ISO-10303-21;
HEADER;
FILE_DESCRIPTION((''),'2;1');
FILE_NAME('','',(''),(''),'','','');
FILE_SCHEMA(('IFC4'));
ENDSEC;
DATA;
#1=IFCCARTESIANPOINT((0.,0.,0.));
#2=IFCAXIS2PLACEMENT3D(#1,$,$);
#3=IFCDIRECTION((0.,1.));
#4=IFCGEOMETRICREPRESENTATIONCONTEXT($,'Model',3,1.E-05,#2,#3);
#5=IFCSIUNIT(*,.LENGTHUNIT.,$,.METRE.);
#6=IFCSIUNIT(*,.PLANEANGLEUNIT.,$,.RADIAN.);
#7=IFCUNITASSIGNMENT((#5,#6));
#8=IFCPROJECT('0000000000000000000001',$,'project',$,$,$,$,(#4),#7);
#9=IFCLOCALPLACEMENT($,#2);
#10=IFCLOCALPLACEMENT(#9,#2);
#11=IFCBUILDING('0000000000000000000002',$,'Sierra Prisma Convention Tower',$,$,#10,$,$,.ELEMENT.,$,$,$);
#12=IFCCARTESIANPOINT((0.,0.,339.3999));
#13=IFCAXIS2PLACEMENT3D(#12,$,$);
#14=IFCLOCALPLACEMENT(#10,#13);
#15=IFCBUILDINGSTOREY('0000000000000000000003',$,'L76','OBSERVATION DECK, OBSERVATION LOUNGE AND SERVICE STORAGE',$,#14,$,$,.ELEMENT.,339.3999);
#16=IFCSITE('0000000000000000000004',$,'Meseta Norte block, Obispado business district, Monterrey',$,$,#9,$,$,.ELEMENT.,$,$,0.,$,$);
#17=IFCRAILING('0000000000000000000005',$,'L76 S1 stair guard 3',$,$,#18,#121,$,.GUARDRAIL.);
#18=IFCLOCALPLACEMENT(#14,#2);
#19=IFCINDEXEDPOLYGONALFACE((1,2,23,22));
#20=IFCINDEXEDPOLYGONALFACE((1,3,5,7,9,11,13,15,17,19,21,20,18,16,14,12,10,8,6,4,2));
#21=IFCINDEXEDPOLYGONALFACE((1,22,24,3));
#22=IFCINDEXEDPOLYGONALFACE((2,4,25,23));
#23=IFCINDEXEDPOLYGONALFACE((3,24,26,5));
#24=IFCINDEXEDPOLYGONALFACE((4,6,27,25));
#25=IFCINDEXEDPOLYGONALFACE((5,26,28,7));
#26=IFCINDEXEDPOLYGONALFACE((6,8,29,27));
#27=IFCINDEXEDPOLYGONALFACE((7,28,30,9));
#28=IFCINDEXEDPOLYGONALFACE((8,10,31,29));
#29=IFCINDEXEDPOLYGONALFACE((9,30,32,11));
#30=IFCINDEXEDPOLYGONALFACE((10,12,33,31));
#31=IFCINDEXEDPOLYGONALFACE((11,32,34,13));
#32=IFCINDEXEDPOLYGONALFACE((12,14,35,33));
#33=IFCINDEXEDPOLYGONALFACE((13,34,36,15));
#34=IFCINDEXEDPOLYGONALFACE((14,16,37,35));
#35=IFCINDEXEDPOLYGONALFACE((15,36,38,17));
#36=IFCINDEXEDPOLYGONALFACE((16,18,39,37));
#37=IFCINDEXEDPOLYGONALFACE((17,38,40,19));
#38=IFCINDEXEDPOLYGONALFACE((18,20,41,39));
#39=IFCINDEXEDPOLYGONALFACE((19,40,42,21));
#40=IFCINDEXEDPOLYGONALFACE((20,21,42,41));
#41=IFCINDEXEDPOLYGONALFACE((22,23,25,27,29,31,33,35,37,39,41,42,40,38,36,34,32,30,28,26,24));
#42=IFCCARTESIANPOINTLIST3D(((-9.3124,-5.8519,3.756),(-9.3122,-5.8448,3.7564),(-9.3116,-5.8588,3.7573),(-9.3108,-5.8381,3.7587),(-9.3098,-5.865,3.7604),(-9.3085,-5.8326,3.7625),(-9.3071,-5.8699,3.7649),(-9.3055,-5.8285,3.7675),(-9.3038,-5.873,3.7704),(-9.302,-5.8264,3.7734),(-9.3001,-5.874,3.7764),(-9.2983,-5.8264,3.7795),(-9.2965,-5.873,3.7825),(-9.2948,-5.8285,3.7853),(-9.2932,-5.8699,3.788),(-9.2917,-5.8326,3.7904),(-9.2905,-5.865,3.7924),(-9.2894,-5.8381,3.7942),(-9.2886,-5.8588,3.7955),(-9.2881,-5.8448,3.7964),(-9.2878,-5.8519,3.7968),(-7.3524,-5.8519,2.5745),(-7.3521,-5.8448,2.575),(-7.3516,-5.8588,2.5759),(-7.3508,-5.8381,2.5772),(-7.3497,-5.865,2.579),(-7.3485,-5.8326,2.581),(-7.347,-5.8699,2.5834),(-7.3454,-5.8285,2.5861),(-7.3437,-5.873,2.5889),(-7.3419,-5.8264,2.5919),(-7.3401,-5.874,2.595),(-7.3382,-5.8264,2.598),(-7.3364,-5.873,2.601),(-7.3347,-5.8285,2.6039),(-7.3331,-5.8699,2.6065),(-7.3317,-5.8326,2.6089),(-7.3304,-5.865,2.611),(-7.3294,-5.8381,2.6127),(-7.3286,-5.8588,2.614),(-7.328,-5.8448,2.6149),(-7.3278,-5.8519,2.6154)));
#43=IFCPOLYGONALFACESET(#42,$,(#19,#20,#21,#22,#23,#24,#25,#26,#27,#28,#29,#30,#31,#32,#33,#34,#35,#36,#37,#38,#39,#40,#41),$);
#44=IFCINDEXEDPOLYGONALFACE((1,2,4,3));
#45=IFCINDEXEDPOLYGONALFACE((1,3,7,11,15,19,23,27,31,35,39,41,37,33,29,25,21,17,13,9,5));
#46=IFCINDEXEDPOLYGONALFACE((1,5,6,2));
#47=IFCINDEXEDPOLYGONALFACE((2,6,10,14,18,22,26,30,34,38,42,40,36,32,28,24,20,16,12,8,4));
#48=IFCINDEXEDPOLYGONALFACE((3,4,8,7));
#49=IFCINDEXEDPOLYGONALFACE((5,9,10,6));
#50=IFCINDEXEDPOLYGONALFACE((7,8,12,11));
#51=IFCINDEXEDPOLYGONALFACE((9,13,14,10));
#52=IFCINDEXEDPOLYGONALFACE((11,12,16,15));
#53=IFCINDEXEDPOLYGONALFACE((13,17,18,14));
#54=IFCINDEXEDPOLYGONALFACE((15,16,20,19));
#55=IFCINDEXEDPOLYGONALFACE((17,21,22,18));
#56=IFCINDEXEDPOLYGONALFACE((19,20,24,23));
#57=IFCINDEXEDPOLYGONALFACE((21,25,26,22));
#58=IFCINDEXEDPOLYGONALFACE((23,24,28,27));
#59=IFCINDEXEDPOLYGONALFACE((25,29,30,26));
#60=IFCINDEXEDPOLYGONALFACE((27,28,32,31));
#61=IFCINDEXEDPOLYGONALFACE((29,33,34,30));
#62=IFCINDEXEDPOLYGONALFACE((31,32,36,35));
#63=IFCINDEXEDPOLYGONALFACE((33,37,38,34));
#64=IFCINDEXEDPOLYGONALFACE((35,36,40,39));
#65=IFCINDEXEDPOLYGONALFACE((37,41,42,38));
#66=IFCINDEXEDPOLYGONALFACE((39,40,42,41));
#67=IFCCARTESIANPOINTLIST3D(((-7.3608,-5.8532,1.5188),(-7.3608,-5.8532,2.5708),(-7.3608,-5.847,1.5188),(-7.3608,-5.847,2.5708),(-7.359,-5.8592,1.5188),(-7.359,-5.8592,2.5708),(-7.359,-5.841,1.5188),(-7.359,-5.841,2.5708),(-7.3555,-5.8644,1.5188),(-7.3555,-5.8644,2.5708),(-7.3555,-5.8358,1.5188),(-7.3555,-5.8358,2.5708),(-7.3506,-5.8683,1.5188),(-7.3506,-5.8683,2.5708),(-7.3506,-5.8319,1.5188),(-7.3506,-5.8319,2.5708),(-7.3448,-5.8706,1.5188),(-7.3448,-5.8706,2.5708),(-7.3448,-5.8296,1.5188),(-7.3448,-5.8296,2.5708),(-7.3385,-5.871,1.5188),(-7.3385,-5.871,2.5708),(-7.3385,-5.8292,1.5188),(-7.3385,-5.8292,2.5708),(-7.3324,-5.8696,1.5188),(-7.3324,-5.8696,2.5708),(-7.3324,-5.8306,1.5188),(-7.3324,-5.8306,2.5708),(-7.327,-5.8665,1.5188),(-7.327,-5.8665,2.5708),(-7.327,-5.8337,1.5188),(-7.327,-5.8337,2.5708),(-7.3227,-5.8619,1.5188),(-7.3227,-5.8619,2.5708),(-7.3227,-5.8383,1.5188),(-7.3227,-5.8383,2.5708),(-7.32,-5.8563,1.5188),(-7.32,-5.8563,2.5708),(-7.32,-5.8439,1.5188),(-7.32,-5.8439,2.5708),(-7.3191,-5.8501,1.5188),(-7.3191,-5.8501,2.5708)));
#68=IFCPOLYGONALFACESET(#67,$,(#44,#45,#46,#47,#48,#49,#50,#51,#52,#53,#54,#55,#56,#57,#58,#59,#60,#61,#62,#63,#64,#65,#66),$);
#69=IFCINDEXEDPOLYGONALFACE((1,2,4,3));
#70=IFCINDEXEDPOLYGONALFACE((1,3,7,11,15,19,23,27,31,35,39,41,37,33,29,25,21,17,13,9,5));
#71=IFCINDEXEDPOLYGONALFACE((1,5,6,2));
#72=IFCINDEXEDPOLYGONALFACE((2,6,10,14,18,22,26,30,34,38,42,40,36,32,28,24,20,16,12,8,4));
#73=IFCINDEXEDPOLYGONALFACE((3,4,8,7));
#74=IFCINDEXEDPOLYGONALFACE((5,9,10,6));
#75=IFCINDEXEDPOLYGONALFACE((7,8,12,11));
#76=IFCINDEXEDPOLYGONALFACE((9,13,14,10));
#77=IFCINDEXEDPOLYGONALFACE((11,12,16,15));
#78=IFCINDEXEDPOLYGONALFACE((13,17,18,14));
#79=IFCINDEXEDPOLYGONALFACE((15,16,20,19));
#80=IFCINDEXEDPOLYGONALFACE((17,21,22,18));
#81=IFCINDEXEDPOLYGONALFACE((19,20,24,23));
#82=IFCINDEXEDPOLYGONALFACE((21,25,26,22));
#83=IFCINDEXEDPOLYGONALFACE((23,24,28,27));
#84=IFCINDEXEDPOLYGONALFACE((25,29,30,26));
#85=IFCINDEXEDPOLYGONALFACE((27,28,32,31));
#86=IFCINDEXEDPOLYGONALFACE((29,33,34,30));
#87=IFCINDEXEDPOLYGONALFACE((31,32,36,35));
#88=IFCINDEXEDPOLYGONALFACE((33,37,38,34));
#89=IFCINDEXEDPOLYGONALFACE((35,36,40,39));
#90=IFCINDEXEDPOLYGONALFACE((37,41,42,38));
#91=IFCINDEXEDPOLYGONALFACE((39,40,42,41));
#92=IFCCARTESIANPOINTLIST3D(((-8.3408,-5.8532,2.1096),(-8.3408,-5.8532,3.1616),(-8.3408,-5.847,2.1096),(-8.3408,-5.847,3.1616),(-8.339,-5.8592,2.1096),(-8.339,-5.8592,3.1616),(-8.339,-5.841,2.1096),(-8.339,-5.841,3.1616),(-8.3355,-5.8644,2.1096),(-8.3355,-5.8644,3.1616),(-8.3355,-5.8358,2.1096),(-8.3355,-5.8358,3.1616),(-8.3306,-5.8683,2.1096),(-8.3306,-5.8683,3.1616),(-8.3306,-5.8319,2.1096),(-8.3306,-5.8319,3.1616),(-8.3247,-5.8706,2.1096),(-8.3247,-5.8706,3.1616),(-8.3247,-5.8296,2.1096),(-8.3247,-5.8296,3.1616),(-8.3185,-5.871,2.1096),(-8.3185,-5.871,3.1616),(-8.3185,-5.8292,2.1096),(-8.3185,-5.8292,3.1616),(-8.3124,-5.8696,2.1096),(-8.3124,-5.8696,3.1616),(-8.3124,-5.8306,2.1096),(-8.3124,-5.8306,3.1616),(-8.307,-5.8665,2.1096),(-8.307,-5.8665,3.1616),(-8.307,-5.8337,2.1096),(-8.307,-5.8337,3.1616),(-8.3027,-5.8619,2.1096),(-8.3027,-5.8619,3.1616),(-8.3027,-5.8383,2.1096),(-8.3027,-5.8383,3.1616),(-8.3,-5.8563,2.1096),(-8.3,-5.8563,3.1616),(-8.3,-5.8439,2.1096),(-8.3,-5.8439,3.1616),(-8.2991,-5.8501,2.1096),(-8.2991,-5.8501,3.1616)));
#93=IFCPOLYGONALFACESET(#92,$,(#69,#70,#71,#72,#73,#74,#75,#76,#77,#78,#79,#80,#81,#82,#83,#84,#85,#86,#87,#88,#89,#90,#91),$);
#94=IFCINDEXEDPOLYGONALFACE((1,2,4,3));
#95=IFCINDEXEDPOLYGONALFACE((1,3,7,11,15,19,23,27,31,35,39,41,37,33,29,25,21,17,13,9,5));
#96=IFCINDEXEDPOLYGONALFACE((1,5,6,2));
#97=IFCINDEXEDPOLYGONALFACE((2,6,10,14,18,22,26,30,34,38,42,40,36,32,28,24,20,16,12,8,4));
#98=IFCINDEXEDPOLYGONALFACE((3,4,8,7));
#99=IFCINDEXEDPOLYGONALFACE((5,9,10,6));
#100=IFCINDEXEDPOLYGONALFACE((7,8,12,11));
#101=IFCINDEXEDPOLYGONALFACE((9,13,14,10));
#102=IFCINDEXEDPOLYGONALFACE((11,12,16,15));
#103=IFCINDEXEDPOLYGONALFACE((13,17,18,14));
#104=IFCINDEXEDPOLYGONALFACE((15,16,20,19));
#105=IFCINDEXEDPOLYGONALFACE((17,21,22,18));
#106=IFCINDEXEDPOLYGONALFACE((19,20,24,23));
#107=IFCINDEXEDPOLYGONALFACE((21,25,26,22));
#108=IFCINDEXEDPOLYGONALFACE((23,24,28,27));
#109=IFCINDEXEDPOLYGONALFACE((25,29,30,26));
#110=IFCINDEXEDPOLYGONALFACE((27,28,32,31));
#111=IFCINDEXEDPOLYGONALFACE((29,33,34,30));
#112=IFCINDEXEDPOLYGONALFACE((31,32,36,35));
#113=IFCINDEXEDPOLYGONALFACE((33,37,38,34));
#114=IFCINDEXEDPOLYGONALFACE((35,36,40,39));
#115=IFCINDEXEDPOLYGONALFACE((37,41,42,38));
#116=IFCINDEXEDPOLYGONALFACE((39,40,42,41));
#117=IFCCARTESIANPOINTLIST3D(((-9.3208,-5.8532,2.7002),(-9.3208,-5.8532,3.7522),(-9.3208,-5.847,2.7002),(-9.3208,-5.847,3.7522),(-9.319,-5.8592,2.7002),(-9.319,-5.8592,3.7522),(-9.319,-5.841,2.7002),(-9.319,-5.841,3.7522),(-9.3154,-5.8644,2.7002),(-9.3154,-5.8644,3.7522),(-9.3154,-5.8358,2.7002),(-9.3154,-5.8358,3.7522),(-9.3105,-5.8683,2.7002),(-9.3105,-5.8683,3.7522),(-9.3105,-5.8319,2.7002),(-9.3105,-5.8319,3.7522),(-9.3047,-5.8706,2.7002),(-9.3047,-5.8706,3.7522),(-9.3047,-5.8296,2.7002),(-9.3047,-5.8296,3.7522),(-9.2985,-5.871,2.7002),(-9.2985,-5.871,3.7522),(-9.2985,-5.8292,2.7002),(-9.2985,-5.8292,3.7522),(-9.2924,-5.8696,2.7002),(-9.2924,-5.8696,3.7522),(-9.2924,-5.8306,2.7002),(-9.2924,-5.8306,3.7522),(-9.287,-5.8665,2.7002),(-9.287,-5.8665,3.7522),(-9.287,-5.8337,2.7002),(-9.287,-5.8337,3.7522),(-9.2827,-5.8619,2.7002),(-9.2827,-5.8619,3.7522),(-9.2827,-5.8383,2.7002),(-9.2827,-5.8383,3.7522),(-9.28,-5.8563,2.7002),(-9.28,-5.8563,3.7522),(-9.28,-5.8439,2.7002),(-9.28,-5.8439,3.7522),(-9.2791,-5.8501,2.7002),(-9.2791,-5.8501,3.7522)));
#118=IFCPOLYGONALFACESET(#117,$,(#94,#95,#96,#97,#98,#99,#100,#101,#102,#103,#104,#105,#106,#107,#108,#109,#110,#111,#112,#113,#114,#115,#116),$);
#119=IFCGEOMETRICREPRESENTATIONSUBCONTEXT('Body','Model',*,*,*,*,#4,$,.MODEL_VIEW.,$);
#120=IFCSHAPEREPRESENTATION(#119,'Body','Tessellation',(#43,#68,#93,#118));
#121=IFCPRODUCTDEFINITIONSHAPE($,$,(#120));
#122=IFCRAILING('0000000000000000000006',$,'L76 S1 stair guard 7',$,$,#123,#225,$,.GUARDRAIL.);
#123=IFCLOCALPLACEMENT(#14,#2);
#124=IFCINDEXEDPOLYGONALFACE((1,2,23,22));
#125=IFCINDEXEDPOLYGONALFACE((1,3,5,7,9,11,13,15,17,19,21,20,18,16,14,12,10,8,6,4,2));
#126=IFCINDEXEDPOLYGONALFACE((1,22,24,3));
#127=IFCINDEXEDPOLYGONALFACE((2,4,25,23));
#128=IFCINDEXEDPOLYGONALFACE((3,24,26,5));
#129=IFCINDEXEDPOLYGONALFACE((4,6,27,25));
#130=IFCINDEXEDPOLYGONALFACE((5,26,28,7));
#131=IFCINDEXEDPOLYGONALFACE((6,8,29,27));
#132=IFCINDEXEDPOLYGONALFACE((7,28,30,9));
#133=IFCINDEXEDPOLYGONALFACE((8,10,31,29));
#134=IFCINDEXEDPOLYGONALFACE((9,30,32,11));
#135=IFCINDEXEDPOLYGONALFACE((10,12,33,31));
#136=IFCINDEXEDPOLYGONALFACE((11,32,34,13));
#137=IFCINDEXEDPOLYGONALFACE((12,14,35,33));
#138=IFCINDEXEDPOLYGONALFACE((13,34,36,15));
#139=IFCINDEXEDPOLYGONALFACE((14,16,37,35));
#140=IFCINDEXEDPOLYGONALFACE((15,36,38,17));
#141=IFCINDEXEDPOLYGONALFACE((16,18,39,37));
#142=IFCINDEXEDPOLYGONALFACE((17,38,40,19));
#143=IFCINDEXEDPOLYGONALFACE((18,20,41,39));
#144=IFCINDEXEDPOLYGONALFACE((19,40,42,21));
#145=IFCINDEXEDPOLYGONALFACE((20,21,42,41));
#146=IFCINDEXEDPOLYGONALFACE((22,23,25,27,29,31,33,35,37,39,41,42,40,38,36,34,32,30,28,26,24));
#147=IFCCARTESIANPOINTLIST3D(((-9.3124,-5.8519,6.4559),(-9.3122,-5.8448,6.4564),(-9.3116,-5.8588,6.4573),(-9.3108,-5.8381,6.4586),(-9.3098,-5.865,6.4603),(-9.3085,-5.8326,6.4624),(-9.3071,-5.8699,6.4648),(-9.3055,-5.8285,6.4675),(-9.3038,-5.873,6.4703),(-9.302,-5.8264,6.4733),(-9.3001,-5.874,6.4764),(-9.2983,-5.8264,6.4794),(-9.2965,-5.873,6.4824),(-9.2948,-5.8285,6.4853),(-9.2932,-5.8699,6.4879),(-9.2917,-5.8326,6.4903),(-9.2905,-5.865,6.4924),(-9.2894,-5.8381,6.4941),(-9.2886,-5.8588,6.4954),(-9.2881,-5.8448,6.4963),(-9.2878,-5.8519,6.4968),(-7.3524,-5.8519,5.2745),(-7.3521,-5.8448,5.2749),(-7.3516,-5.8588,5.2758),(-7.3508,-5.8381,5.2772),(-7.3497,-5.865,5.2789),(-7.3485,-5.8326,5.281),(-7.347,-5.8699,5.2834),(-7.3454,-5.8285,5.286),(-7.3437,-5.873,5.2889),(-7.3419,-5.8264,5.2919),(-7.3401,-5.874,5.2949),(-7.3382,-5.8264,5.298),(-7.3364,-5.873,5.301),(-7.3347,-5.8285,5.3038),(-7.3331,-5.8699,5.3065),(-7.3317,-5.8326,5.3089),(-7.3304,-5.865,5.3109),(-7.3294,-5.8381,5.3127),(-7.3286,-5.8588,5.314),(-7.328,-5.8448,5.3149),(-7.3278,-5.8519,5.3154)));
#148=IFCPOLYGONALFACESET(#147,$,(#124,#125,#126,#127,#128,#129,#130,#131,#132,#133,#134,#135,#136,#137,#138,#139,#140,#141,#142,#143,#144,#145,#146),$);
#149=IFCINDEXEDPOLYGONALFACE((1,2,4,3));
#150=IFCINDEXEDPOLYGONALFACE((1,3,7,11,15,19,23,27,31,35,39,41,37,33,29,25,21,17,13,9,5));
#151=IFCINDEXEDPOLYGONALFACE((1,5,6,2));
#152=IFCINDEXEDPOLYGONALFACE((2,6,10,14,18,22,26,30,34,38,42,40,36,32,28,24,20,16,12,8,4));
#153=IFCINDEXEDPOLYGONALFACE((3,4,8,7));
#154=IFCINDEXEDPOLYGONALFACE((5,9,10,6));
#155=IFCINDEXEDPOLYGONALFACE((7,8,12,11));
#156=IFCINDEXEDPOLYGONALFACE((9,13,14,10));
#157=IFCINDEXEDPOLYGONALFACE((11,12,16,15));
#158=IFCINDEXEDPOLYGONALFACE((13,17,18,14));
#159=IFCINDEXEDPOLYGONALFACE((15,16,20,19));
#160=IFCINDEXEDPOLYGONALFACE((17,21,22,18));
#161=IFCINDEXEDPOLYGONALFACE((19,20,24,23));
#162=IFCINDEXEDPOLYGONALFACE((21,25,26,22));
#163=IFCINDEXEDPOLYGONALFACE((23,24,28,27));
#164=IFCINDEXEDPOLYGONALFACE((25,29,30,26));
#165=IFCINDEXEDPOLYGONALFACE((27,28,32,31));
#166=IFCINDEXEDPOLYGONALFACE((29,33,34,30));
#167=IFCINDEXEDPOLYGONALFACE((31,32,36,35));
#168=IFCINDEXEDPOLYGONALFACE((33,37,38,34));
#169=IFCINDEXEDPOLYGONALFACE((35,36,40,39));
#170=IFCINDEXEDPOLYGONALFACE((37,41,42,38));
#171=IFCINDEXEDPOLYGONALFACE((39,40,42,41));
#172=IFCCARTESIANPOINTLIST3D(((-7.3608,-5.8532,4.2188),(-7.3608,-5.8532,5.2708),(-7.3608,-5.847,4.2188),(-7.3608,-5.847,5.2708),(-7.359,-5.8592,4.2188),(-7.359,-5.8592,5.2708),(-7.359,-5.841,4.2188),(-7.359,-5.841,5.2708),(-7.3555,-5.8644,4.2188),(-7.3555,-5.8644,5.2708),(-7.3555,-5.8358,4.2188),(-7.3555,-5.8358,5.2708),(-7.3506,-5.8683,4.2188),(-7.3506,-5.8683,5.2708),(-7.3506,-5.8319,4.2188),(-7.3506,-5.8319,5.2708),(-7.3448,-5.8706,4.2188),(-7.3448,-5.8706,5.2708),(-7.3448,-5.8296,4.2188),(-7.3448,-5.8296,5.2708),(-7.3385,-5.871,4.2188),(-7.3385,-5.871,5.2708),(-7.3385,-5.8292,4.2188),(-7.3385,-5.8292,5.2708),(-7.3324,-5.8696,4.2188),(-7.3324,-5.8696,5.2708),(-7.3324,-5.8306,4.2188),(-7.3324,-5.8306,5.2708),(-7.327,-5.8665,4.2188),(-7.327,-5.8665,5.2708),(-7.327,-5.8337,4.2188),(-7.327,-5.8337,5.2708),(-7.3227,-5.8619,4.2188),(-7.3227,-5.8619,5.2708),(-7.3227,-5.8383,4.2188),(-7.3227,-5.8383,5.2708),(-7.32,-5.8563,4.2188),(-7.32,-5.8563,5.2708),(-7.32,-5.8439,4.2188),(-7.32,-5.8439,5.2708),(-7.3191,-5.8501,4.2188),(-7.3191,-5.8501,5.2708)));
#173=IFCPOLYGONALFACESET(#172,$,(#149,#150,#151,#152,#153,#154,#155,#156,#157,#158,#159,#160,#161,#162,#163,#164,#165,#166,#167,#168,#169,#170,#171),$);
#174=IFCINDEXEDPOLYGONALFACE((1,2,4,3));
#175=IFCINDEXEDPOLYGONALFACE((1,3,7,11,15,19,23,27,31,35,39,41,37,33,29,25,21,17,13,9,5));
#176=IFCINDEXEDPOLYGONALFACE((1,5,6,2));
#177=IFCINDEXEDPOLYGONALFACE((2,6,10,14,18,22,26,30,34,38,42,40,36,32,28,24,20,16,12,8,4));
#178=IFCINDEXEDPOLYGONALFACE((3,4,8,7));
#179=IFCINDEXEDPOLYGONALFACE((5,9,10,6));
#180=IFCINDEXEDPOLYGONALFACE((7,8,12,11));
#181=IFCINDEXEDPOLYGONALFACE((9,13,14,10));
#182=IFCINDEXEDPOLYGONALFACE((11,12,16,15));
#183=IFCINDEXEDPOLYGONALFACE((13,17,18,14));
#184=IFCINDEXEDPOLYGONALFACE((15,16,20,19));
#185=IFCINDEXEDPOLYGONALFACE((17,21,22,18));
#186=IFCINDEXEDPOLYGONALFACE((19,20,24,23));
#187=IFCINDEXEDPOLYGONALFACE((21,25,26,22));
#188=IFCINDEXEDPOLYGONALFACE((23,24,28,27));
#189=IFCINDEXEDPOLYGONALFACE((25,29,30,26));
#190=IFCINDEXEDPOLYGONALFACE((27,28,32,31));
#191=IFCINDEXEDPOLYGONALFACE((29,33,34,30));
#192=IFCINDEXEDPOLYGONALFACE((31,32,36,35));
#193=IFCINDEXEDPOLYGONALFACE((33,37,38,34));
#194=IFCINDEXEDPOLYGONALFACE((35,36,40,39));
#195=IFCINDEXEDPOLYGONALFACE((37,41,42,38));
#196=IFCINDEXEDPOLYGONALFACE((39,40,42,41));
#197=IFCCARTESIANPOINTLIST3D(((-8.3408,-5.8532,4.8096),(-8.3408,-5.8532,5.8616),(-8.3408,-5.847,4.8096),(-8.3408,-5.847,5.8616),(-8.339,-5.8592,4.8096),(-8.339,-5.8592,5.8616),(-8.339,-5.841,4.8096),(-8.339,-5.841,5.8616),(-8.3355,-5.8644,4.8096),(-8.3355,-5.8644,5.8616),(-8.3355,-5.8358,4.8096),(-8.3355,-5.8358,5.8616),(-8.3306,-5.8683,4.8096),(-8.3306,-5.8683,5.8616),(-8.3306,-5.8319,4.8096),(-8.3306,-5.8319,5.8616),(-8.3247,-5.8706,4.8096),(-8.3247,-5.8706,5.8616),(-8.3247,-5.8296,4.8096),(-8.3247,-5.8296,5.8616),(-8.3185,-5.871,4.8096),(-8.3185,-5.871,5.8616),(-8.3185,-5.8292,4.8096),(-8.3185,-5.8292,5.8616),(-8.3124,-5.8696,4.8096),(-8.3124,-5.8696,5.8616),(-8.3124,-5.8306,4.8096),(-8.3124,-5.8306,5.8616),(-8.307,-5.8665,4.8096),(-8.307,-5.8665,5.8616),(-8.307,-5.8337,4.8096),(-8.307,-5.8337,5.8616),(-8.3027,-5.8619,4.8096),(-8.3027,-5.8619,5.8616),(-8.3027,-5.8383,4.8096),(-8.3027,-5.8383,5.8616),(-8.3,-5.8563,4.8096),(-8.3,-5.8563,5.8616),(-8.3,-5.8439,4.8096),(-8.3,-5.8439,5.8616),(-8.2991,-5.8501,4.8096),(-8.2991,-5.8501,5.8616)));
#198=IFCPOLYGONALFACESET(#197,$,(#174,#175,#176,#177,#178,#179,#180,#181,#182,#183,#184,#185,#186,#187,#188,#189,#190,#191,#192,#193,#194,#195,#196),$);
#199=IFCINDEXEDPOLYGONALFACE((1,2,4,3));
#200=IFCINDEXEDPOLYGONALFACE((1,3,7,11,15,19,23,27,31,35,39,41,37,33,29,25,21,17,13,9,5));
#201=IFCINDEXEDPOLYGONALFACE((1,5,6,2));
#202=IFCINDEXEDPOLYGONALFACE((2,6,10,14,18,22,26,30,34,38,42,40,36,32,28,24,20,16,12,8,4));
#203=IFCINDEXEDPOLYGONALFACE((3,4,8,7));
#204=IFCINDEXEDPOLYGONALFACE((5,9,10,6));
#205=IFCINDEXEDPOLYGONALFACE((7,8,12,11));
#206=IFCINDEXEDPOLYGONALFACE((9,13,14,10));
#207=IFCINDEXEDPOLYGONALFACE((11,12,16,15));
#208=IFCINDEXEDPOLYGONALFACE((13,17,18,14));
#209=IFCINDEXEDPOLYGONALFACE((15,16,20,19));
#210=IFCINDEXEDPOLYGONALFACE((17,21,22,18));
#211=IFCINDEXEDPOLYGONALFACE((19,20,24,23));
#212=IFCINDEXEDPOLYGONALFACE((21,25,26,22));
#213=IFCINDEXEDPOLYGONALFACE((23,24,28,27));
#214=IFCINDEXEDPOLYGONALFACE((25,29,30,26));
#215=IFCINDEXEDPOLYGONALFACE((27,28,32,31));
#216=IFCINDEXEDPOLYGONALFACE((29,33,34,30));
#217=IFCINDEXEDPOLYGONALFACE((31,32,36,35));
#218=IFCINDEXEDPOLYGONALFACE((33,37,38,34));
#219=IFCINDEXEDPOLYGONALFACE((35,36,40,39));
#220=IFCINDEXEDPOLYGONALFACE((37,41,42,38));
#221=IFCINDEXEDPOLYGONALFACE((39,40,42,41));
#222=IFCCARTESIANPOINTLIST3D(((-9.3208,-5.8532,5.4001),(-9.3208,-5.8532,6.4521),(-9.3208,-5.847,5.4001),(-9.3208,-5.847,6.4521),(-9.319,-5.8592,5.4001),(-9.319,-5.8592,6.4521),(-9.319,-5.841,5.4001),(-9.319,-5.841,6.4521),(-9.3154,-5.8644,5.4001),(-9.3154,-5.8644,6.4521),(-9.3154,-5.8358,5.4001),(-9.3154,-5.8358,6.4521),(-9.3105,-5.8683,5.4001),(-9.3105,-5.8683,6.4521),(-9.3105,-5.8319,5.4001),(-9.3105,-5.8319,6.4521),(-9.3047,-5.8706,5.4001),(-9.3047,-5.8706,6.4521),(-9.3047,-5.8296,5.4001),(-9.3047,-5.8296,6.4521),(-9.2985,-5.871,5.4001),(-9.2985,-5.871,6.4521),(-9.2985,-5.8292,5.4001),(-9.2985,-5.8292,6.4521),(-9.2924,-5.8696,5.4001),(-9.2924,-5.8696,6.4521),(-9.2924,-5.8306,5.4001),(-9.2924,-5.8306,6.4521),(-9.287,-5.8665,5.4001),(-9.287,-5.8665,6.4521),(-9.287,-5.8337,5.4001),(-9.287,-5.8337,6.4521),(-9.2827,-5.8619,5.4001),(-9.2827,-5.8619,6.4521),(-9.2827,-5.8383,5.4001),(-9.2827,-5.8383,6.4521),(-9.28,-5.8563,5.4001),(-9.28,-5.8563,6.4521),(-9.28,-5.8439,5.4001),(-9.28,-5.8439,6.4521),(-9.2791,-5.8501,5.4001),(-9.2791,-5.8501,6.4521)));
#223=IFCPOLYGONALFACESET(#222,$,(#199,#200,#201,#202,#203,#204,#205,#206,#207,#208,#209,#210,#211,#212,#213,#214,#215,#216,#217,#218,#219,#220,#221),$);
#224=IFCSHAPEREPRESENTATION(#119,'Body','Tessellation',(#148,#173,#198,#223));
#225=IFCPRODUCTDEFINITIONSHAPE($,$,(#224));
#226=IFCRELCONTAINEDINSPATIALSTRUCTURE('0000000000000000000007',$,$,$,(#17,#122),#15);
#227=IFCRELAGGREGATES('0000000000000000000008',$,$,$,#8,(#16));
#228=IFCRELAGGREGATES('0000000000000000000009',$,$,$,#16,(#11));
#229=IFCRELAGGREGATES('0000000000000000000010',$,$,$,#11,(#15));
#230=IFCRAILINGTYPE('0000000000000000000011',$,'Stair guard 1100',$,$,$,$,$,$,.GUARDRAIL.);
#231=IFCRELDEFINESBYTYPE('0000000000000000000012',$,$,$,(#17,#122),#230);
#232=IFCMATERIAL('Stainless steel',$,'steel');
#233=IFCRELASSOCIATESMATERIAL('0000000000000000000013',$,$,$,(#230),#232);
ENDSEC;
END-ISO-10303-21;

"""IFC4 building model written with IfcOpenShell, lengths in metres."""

from ifc_helpers import new_model, si_unit, direction, frame, origin, origin_2d, place, context, subcontext, project, spatial, circle, extrude, material, type_object, element, save


model = new_model("IFC4")

# Units and contexts
model_context = context("Model", 3, precision=1e-05, world=origin(), true_north=direction((0.0, 1.0)))
body_context = subcontext(model_context, "Body", "Model", "MODEL_VIEW")
ifc_project = project(units=[si_unit("LENGTHUNIT", "METRE"), si_unit("PLANEANGLEUNIT", "RADIAN")], contexts=[model_context])

# Site, building, storey
site_placement = place(None, origin())
site = spatial("IfcSite", under=ifc_project, at=site_placement, Name="Meseta Norte block, Obispado business district, Monterrey", CompositionType="ELEMENT", RefElevation=0.0)
building_placement = place(site_placement, origin())
building = spatial("IfcBuilding", under=site, at=building_placement, Name="Sierra Prisma Convention Tower", CompositionType="ELEMENT")
storey_placement = place(building_placement, frame((0.0, 0.0, 339.3999)))
storey = spatial("IfcBuildingStorey", under=building, at=storey_placement, Name="L76", Description="OBSERVATION DECK, OBSERVATION LOUNGE AND SERVICE STORAGE", CompositionType="ELEMENT", Elevation=339.3999)

# Railings
ifc_material_1 = material(Name="Stainless steel", Category="steel")
railing_type_1 = type_object("IfcRailingType", Name="Stair guard 1100", PredefinedType="GUARDRAIL", material=ifc_material_1)
for number, where, name in (
    (1, (-7.3401, -5.8501, 1.5188), "L76 S1 stair guard 3"),
    (2, (-7.3401, -5.8501, 4.2188), "L76 S1 stair guard 7"),
):
    element("IfcRailing", number, at=place(storey_placement, frame(where)), inside=storey, type_object=railing_type_1, Name=name, PredefinedType="GUARDRAIL", context=body_context, shape_type="SweptSolid", body=[
        extrude(circle(Radius=0.0239, at=origin_2d()), frame((0.0, 0.0, 1.0762), z_axis=(-0.856446, 0.0, 0.516236), x_axis=(0.0, -1.0, 0.0)), (0.0, 0.0, 1.0), 2.2886),
        extrude(circle(Radius=0.021, at=origin_2d()), origin(), (0.0, 0.0, 1.0), 1.052),
        extrude(circle(Radius=0.021, at=origin_2d()), frame((-0.98, 0.0, 0.5908)), (0.0, 0.0, 1.0), 1.052),
        extrude(circle(Radius=0.021, at=origin_2d()), frame((-1.96, 0.0, 1.1814)), (0.0, 0.0, 1.0), 1.052),
    ])

save(model, "model.ifc")
